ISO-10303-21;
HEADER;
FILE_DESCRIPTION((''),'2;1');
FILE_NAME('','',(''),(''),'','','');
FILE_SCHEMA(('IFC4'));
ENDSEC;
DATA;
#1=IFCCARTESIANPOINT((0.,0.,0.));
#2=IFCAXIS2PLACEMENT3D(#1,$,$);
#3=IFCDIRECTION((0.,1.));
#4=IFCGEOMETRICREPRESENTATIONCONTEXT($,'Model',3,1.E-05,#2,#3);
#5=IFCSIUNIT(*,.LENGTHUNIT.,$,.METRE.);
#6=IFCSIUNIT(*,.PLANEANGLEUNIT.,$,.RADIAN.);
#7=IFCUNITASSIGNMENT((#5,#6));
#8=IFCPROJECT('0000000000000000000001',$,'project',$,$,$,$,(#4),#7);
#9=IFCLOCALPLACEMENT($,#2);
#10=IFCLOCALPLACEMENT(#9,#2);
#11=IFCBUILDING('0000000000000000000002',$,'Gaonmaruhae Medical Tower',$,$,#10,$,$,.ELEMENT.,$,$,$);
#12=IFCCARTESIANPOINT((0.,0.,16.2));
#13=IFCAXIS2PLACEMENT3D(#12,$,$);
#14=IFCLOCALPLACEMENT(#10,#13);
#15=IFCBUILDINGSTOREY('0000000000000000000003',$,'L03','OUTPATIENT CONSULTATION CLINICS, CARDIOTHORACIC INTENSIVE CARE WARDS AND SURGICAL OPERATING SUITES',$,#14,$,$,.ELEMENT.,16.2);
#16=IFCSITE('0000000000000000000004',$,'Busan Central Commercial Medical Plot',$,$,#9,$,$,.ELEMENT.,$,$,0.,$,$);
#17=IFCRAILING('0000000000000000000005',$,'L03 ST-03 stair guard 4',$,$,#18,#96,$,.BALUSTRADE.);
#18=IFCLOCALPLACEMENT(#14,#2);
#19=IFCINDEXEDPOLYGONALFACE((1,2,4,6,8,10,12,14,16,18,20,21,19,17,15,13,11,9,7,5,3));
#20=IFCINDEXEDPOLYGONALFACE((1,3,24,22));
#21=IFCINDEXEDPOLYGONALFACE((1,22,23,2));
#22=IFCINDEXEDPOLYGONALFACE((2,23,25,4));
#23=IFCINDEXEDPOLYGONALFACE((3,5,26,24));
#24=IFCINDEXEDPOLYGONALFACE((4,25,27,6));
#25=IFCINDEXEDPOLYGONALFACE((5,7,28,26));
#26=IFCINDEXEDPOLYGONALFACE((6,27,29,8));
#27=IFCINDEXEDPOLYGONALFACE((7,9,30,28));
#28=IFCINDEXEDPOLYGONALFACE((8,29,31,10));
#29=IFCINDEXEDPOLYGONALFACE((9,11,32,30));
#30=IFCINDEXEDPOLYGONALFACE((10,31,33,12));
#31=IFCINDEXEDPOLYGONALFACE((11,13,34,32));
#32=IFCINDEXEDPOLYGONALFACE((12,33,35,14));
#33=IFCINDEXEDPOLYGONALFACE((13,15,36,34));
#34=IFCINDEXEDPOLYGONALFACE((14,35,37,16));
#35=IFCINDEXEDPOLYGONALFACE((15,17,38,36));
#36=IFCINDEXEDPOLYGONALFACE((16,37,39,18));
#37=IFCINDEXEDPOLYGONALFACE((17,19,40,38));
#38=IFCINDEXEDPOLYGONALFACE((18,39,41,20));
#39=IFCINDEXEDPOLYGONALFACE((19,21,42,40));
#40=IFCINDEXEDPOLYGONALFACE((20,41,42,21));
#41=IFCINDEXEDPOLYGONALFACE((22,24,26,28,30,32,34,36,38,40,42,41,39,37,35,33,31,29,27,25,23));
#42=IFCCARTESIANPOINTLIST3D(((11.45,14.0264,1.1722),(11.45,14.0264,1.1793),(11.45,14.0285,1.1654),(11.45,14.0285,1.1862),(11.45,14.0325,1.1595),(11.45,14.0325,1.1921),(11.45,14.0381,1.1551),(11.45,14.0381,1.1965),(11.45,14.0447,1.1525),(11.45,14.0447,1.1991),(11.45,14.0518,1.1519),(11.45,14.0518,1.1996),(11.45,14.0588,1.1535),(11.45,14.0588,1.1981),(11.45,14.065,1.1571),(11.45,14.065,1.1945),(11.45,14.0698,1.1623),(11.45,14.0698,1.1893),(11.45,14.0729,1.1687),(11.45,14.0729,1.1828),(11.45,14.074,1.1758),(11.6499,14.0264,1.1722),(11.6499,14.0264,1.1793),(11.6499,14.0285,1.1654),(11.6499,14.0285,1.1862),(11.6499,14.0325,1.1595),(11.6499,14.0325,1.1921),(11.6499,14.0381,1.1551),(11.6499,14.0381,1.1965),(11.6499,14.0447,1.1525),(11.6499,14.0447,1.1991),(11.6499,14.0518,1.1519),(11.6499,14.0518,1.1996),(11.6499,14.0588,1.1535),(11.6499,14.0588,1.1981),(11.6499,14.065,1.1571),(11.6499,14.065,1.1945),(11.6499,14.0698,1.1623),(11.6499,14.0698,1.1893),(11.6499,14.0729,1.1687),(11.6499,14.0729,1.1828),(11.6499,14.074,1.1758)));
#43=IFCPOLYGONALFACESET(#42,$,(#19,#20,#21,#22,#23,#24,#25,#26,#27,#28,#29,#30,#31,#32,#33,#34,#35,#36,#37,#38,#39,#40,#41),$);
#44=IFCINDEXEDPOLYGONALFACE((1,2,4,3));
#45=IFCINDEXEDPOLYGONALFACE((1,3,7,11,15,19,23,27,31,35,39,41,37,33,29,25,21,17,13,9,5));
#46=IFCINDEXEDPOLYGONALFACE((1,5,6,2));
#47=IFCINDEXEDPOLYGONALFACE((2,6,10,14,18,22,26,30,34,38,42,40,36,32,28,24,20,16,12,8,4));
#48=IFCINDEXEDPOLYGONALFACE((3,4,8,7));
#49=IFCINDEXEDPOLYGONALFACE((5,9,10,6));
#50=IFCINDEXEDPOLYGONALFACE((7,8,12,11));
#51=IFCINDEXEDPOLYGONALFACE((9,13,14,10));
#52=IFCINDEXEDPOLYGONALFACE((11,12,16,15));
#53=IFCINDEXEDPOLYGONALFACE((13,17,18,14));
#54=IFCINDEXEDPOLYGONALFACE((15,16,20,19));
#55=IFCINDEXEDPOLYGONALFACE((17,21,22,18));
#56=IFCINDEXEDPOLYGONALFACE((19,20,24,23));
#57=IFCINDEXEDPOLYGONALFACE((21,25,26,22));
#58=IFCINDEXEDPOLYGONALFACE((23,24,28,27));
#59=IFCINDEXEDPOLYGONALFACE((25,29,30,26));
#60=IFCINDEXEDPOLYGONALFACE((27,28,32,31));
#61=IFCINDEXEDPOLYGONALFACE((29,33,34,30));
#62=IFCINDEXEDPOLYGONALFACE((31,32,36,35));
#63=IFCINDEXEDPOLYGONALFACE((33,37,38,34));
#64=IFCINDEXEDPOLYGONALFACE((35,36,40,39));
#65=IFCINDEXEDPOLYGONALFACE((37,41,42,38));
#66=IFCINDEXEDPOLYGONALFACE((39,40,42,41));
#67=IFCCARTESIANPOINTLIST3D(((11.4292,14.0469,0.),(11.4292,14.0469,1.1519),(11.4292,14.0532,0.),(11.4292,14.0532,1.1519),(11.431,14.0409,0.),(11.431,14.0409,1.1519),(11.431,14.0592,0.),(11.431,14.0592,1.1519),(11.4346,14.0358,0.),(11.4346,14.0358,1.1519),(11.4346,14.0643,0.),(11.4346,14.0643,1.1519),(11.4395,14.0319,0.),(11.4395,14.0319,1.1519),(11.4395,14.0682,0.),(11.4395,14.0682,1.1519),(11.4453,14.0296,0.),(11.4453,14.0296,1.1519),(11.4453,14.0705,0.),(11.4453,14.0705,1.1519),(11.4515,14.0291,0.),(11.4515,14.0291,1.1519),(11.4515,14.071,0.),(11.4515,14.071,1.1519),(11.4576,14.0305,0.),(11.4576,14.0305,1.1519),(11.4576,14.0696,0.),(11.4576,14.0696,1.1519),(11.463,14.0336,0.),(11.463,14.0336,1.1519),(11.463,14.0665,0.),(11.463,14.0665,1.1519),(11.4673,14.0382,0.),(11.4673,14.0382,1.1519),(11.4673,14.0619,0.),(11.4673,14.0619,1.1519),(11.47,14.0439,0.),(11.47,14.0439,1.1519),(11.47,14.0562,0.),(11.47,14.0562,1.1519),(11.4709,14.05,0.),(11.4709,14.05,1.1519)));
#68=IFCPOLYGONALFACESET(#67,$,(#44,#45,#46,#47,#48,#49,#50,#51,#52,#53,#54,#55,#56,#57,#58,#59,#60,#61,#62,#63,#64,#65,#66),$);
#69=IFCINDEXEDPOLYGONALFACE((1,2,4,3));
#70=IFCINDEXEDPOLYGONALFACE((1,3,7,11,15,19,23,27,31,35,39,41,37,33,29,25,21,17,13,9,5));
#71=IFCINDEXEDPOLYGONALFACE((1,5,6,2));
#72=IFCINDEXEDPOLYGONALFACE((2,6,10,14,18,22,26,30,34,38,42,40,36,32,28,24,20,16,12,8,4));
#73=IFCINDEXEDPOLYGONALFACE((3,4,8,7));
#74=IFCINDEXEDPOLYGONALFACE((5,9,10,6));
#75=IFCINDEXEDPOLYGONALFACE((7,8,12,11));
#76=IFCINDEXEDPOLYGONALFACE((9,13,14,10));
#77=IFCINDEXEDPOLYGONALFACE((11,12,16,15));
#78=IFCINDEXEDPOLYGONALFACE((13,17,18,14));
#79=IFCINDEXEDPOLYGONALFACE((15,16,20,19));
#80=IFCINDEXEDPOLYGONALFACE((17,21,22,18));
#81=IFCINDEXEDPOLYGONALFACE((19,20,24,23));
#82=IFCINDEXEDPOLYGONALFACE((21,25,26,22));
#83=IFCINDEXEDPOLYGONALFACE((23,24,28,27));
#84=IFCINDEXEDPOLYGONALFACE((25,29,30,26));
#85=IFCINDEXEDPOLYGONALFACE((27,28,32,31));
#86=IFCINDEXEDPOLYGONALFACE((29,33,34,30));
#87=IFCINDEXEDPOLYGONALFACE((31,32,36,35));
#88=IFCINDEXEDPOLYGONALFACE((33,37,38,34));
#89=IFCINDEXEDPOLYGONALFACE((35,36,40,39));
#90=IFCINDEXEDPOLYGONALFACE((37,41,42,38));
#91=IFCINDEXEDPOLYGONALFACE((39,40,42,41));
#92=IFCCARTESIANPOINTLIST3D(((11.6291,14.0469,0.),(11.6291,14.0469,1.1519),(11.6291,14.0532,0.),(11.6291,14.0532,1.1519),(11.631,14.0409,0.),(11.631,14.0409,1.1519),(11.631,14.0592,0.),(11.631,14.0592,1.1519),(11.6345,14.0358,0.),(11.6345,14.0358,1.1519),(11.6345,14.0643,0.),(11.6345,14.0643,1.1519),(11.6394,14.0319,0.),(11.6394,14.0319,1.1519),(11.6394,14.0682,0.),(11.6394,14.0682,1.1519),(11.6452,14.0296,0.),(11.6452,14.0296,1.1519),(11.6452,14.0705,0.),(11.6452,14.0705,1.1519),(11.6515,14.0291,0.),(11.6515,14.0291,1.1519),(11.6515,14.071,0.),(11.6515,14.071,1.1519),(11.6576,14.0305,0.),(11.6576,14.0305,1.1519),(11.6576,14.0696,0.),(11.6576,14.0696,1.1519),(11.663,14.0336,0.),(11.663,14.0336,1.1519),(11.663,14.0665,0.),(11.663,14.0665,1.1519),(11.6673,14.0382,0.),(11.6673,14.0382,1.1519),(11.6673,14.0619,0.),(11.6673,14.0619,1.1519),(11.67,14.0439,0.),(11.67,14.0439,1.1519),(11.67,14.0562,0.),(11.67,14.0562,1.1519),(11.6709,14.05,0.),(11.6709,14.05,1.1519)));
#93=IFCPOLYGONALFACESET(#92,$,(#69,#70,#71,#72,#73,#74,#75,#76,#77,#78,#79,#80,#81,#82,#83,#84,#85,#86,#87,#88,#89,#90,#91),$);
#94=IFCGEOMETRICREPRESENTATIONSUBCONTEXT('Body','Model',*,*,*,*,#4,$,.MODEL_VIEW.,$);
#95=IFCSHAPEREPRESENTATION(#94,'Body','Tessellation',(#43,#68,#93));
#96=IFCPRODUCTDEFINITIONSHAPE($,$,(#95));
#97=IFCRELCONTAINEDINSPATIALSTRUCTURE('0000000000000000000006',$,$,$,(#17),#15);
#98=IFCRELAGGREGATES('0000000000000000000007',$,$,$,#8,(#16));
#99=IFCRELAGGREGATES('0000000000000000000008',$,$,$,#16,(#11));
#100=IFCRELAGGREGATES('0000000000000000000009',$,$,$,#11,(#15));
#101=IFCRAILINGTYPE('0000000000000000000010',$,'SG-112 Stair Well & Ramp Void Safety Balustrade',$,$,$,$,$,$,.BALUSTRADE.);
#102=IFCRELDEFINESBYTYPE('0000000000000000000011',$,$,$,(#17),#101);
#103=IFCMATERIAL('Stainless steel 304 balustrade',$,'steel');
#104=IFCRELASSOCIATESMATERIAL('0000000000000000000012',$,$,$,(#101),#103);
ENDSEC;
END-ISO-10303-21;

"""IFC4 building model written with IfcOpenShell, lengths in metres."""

from ifc_helpers import new_model, si_unit, direction, frame, origin, origin_2d, place, context, subcontext, project, spatial, circle, extrude, material, type_object, element, save


model = new_model("IFC4")

# Units and contexts
model_context = context("Model", 3, precision=1e-05, world=origin(), true_north=direction((0.0, 1.0)))
body_context = subcontext(model_context, "Body", "Model", "MODEL_VIEW")
ifc_project = project(units=[si_unit("LENGTHUNIT", "METRE"), si_unit("PLANEANGLEUNIT", "RADIAN")], contexts=[model_context])

# Site, building, storey
site_placement = place(None, origin())
site = spatial("IfcSite", under=ifc_project, at=site_placement, Name="Busan Central Commercial Medical Plot", CompositionType="ELEMENT", RefElevation=0.0)
building_placement = place(site_placement, origin())
building = spatial("IfcBuilding", under=site, at=building_placement, Name="Gaonmaruhae Medical Tower", CompositionType="ELEMENT")
storey_placement = place(building_placement, frame((0.0, 0.0, 16.2)))
storey = spatial("IfcBuildingStorey", under=building, at=storey_placement, Name="L03", Description="OUTPATIENT CONSULTATION CLINICS, CARDIOTHORACIC INTENSIVE CARE WARDS AND SURGICAL OPERATING SUITES", CompositionType="ELEMENT", Elevation=16.2)

# Railing
ifc_material_1 = material(Name="Stainless steel 304 balustrade", Category="steel")
railing_type_1 = type_object("IfcRailingType", Name="SG-112 Stair Well & Ramp Void Safety Balustrade", PredefinedType="BALUSTRADE", material=ifc_material_1)
railing_1_placement = place(storey_placement, frame((11.45, 14.05, 0.0)))
element("IfcRailing", 1, at=railing_1_placement, inside=storey, type_object=railing_type_1, Name="L03 ST-03 stair guard 4", PredefinedType="BALUSTRADE", context=body_context, shape_type="SweptSolid", body=[
    extrude(circle(Radius=0.0239, at=origin_2d()), frame((0.0, 0.0, 1.1758), z_axis=(1.0, 0.0, 0.0), x_axis=(0.0, 1.0, 0.0)), (0.0, 0.0, 1.0), 0.2),
    extrude(circle(Radius=0.021, at=origin_2d()), origin(), (0.0, 0.0, 1.0), 1.1519),
    extrude(circle(Radius=0.021, at=origin_2d()), frame((0.2, 0.0, 0.0)), (0.0, 0.0, 1.0), 1.1519),
])

save(model, "model.ifc")
